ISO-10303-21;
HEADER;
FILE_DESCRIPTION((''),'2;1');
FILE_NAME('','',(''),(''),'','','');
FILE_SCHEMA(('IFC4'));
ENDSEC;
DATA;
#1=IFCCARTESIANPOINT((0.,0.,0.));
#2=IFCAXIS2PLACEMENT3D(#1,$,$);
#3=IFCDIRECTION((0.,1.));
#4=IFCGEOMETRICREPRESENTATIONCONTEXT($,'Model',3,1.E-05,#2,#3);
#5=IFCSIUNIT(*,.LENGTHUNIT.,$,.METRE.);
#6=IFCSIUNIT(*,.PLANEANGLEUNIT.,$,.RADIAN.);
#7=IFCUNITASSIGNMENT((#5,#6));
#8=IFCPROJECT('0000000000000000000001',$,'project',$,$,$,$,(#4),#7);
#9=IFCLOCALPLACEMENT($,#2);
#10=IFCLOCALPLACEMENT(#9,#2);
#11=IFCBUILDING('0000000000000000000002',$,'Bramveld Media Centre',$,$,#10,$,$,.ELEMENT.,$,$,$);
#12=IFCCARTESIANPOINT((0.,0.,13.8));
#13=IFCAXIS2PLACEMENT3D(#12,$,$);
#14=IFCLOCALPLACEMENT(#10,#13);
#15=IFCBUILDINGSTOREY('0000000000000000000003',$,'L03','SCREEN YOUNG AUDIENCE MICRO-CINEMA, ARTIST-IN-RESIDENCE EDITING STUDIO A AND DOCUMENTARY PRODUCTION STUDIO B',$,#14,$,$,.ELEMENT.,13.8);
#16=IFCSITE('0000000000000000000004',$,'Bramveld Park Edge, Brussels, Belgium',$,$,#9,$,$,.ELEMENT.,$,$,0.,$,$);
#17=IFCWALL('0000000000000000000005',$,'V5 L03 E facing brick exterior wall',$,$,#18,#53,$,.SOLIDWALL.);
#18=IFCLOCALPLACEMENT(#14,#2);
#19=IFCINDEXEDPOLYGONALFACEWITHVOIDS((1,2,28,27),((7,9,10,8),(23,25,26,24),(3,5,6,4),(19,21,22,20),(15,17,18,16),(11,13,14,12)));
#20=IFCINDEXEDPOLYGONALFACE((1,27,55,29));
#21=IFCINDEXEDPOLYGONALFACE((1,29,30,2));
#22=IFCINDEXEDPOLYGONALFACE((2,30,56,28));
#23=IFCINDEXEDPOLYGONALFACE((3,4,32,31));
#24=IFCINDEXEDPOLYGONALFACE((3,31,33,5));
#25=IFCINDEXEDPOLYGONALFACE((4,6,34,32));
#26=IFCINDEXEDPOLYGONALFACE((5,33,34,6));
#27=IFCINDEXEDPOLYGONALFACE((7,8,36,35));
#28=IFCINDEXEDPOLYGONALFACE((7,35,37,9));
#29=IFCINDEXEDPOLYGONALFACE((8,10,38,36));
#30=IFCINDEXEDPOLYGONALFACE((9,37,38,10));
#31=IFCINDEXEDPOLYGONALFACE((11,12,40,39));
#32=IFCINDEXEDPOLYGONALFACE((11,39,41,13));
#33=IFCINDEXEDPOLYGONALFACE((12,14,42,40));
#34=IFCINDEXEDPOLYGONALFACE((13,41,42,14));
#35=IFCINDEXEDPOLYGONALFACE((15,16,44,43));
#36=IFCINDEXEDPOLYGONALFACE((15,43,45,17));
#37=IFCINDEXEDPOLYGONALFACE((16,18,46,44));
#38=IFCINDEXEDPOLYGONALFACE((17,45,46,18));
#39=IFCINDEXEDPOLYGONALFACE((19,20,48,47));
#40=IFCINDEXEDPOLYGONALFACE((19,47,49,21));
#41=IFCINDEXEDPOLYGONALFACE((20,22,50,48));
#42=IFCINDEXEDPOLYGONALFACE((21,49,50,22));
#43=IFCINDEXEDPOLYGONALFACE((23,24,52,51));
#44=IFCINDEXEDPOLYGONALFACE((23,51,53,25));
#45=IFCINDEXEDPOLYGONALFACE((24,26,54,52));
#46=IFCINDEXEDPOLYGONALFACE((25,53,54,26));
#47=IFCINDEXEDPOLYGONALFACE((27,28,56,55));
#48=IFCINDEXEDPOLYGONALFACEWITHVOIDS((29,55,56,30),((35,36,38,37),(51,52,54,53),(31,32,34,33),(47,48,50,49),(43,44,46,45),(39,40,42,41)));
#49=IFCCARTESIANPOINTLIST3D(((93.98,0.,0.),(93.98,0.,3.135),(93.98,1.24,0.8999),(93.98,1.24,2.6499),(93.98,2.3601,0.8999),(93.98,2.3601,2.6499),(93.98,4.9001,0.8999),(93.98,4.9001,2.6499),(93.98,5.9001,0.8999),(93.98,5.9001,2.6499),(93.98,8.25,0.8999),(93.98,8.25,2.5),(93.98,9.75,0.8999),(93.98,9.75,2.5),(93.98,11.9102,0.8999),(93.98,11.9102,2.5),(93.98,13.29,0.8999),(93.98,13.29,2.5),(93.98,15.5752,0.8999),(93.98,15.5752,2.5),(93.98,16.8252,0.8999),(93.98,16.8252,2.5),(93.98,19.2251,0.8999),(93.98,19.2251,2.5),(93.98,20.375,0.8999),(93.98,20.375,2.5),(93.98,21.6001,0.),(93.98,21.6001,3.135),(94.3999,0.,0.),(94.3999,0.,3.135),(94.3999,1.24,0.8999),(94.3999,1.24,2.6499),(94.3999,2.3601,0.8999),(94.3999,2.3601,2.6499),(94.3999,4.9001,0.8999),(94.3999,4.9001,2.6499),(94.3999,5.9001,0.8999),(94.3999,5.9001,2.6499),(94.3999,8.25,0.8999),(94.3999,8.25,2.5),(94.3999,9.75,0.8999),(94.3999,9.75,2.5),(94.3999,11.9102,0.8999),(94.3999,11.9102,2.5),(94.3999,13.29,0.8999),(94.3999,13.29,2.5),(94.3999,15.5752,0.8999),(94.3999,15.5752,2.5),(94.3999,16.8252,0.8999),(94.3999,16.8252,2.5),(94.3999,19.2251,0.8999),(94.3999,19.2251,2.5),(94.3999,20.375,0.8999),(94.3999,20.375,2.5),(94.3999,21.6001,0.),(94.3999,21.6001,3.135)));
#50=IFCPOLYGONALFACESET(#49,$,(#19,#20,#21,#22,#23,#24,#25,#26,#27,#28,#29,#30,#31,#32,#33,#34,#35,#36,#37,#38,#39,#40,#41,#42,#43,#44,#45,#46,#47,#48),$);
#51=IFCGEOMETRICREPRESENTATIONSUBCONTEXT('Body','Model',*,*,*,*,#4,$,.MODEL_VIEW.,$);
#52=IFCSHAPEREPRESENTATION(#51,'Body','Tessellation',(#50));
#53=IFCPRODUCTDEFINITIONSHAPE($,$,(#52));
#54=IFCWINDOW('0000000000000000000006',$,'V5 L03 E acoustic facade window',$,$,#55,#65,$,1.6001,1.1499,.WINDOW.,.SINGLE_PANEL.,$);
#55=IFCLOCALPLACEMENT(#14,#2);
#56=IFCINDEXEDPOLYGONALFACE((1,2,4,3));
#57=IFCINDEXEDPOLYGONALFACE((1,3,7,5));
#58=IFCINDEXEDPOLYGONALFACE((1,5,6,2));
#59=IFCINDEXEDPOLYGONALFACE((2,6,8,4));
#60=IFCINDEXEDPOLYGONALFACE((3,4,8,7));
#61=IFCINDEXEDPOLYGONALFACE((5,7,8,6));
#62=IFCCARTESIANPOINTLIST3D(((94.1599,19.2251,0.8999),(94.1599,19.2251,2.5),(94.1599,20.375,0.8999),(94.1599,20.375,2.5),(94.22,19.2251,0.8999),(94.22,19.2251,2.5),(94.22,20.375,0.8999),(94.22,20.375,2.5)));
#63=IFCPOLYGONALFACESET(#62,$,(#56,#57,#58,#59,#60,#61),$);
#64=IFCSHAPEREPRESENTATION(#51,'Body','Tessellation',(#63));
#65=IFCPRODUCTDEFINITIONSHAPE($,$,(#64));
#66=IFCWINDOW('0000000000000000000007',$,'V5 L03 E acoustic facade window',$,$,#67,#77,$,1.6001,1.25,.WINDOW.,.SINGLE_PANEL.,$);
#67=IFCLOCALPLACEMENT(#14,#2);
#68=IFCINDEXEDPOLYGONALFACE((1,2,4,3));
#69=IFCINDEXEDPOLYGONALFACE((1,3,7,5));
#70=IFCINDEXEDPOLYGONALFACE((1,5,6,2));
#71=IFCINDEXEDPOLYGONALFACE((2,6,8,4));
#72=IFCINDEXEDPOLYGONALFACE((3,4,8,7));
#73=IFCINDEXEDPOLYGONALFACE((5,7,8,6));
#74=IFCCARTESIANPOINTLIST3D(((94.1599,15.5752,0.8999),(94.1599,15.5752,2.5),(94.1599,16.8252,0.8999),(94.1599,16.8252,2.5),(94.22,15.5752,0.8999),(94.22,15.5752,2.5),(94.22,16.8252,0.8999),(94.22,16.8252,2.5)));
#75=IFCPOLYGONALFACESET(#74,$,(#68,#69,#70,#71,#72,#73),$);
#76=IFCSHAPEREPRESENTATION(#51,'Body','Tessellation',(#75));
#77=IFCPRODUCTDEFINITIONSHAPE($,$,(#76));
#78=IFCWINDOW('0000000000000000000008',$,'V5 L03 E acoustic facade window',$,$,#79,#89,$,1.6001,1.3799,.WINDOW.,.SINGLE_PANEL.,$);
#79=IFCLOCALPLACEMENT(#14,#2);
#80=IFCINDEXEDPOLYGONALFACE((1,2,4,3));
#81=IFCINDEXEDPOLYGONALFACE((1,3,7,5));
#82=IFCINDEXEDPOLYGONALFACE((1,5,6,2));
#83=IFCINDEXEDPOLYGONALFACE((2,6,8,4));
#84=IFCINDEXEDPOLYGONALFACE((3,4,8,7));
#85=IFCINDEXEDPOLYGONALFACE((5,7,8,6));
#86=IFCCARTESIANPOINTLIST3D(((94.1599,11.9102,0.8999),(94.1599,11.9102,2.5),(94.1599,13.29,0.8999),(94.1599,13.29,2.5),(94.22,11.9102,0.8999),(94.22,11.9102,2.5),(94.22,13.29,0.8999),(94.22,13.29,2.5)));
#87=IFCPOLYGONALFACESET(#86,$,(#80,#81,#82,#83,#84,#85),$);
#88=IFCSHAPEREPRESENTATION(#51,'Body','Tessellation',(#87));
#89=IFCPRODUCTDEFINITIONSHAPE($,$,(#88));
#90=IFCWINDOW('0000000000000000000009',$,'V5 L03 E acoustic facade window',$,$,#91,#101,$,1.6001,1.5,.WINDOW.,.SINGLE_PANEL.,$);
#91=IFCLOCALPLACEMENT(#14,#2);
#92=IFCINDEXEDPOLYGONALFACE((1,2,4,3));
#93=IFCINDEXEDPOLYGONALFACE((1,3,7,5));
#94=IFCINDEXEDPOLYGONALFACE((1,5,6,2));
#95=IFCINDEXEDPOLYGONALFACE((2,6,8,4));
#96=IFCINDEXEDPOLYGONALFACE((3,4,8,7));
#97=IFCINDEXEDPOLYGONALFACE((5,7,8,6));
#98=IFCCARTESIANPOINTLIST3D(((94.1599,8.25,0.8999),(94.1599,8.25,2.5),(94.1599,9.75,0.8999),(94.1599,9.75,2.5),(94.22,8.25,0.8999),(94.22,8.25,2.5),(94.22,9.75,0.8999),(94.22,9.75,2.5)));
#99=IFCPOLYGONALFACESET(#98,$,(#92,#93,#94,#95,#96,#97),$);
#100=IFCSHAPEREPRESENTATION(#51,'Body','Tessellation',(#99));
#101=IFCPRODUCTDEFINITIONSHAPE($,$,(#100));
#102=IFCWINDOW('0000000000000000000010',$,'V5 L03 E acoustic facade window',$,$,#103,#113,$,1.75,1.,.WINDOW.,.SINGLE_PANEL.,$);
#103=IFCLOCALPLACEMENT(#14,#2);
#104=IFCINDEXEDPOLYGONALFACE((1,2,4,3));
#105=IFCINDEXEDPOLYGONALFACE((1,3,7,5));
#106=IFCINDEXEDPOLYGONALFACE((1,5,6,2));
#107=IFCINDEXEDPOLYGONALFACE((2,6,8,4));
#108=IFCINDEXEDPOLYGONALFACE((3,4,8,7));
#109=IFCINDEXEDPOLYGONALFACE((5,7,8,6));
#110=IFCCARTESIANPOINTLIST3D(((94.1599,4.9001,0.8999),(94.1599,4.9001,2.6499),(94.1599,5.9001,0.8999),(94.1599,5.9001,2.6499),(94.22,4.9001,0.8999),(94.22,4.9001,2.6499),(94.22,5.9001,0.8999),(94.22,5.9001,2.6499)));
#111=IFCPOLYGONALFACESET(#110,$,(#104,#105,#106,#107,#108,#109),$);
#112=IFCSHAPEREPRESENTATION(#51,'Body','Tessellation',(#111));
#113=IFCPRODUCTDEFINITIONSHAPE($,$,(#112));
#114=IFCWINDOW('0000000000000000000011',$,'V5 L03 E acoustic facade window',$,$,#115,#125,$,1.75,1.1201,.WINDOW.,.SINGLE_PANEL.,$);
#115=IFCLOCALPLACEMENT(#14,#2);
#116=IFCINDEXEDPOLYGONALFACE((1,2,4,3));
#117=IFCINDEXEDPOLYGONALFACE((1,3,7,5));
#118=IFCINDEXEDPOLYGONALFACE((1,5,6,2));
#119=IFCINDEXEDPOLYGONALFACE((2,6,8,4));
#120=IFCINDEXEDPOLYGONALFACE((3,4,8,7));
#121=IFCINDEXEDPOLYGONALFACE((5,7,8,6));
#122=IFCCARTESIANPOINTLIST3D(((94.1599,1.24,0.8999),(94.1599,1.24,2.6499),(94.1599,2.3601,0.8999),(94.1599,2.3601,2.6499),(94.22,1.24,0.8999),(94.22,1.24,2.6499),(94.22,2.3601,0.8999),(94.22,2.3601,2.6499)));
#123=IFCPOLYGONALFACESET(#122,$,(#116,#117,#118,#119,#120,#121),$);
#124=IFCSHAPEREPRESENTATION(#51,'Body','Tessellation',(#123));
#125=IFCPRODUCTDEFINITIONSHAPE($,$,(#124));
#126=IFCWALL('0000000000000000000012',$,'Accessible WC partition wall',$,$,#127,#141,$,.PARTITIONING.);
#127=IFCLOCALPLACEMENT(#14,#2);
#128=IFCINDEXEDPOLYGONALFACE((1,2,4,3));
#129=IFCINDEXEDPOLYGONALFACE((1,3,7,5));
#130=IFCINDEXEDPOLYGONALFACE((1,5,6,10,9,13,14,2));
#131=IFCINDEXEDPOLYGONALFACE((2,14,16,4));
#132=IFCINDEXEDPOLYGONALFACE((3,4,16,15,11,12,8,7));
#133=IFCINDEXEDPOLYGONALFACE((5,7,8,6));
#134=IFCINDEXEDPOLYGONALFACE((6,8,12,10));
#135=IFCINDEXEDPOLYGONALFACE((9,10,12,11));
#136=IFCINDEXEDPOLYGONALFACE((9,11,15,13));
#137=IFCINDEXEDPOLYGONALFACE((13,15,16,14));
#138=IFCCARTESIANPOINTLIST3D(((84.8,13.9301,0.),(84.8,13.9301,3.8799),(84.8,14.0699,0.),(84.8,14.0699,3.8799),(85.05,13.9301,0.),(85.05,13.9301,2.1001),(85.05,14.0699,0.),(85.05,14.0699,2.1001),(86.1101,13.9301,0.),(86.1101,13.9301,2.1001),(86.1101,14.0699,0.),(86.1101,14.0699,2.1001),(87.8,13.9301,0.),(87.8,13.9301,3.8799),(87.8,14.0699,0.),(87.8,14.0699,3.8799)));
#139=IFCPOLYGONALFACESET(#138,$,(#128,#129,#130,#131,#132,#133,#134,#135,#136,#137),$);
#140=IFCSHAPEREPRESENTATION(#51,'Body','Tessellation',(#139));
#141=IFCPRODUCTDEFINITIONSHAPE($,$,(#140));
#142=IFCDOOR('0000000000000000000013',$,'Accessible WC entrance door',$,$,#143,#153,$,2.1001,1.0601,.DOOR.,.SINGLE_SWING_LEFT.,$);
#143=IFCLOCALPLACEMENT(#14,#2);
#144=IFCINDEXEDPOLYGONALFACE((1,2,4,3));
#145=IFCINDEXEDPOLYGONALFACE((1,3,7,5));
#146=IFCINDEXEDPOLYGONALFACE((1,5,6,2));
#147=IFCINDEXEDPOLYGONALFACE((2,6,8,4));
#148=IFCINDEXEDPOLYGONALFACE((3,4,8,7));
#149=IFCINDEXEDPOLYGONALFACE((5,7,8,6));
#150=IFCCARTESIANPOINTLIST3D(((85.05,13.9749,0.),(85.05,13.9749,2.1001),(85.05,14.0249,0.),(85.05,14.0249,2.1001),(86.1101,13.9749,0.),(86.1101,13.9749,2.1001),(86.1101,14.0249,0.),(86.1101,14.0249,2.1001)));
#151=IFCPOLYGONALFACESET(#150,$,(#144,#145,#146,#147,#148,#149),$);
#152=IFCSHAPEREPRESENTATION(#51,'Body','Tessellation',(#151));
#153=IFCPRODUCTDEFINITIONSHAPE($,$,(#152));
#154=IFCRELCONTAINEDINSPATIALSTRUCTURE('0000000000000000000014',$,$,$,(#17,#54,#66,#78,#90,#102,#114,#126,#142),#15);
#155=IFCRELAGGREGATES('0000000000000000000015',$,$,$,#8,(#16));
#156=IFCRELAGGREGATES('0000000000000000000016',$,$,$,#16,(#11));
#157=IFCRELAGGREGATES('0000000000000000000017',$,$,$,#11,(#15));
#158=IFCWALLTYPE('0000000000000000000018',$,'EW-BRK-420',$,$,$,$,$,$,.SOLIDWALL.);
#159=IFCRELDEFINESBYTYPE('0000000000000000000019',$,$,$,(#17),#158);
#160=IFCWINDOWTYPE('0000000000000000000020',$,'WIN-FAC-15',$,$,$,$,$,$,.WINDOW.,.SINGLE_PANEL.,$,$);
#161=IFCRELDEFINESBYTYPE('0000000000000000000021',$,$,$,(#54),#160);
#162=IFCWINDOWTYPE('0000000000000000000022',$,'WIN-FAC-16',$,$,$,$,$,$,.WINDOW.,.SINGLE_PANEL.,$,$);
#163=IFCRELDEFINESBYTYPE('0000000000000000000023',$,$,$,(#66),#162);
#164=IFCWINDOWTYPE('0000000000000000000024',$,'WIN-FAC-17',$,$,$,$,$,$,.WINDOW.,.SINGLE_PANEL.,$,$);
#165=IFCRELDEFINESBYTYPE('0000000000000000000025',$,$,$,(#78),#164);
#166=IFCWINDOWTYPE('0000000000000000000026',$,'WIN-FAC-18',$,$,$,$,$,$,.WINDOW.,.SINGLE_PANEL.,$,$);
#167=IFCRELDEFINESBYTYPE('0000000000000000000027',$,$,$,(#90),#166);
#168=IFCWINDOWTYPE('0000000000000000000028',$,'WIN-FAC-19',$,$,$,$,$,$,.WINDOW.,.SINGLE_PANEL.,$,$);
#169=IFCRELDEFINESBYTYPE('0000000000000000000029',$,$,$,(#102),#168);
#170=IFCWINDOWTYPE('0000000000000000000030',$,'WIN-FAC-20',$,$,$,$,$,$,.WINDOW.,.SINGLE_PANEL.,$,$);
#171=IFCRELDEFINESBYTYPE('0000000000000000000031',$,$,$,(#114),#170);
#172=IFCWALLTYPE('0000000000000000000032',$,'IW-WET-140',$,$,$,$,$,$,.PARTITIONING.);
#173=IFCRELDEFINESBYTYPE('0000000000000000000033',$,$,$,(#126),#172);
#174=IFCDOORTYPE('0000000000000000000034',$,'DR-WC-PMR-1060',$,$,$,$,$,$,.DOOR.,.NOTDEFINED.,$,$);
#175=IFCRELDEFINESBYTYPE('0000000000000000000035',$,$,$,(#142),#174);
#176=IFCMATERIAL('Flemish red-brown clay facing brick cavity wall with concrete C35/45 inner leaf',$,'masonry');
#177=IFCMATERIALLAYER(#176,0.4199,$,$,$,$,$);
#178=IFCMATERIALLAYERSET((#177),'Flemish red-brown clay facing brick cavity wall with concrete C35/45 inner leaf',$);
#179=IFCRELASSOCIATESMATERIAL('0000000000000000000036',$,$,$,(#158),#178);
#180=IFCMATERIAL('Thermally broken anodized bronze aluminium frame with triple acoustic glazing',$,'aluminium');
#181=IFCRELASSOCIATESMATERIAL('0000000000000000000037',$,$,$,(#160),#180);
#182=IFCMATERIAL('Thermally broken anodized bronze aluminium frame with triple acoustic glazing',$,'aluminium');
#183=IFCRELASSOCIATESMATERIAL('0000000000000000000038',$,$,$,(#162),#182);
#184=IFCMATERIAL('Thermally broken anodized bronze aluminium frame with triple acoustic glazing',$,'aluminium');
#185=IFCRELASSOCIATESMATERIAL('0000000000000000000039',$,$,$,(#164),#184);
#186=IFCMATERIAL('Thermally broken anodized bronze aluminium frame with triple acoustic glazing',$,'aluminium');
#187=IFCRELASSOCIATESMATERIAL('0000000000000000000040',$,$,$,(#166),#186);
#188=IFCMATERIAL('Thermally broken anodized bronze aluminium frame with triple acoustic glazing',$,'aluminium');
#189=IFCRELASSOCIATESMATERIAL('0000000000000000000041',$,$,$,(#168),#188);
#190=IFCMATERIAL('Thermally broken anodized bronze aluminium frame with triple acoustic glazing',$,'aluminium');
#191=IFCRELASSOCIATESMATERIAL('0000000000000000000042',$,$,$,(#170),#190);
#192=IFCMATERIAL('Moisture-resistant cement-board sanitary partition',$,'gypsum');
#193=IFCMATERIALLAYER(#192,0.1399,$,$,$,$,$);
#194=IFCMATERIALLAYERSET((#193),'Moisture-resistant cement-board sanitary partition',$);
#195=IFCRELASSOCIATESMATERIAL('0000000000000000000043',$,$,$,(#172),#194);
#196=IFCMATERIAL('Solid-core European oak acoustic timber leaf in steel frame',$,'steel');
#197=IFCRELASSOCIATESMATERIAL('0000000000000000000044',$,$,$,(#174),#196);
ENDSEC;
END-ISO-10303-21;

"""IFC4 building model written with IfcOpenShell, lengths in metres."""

from ifc_helpers import new_model, si_unit, direction, frame, frame_2d, origin, place, context, subcontext, project, spatial, rectangle, extrude, material, layer, layer_set, type_object, element, fill, save


model = new_model("IFC4")

# Units and contexts
model_context = context("Model", 3, precision=1e-05, world=origin(), true_north=direction((0.0, 1.0)))
body_context = subcontext(model_context, "Body", "Model", "MODEL_VIEW")
ifc_project = project(units=[si_unit("LENGTHUNIT", "METRE"), si_unit("PLANEANGLEUNIT", "RADIAN")], contexts=[model_context])

# Site, building, storey
site_placement = place(None, origin())
site = spatial("IfcSite", under=ifc_project, at=site_placement, Name="Bramveld Park Edge, Brussels, Belgium", CompositionType="ELEMENT", RefElevation=0.0)
building_placement = place(site_placement, origin())
building = spatial("IfcBuilding", under=site, at=building_placement, Name="Bramveld Media Centre", CompositionType="ELEMENT")
storey_placement = place(building_placement, frame((0.0, 0.0, 13.8)))
storey = spatial("IfcBuildingStorey", under=building, at=storey_placement, Name="L03", Description="SCREEN YOUNG AUDIENCE MICRO-CINEMA, ARTIST-IN-RESIDENCE EDITING STUDIO A AND DOCUMENTARY PRODUCTION STUDIO B", CompositionType="ELEMENT", Elevation=13.8)

# Wall, openings, windows
ifc_material_1 = material(Name="Flemish red-brown clay facing brick cavity wall with concrete C35/45 inner leaf", Category="masonry")
ifc_layer_1 = layer(ifc_material_1, 0.4199)
ifc_layer_set_1 = layer_set([ifc_layer_1], Name="Flemish red-brown clay facing brick cavity wall with concrete C35/45 inner leaf")
wall_type_1 = type_object("IfcWallType", Name="EW-BRK-420", PredefinedType="SOLIDWALL", material=ifc_layer_set_1)
wall_1_placement = place(storey_placement, frame((94.1899, 21.6001, 0.0), z_axis=(0.0, 0.0, 1.0), x_axis=(0.0, -1.0, 0.0)))
wall_1 = element("IfcWall", 1, at=wall_1_placement, inside=storey, type_object=wall_type_1, Name="V5 L03 E facing brick exterior wall", PredefinedType="SOLIDWALL", context=body_context, shape_type="SweptSolid", body=[
    extrude(rectangle(XDim=21.6001, YDim=0.4199, at=frame_2d((10.8, 0.0))), origin(), (0.0, 0.0, 1.0), 3.135),
])
opening_1_placement = place(wall_1_placement, frame((1.2251, 0.0, 0.8999)))
opening_1 = element("IfcOpeningElement", 2, at=opening_1_placement, cuts=wall_1, PredefinedType="OPENING", context=body_context, shape_type="SweptSolid", body=[
    extrude(rectangle(XDim=1.1499, YDim=1.6001, at=frame_2d((0.575, 0.8))), frame((0.0, 0.2219, 0.0), z_axis=(0.0, -1.0, 0.0), x_axis=(1.0, 0.0, 0.0)), (0.0, 0.0, 1.0), 0.4438),
])
opening_2_placement = place(wall_1_placement, frame((4.7749, 0.0, 0.8999)))
opening_2 = element("IfcOpeningElement", 3, at=opening_2_placement, cuts=wall_1, PredefinedType="OPENING", context=body_context, shape_type="SweptSolid", body=[
    extrude(rectangle(XDim=1.25, YDim=1.6001, at=frame_2d((0.625, 0.8))), frame((0.0, 0.2219, 0.0), z_axis=(0.0, -1.0, 0.0), x_axis=(1.0, 0.0, 0.0)), (0.0, 0.0, 1.0), 0.4438),
])
opening_3_placement = place(wall_1_placement, frame((8.3101, 0.0, 0.8999)))
opening_3 = element("IfcOpeningElement", 4, at=opening_3_placement, cuts=wall_1, PredefinedType="OPENING", context=body_context, shape_type="SweptSolid", body=[
    extrude(rectangle(XDim=1.3799, YDim=1.6001, at=frame_2d((0.6899, 0.8))), frame((0.0, 0.2219, 0.0), z_axis=(0.0, -1.0, 0.0), x_axis=(1.0, 0.0, 0.0)), (0.0, 0.0, 1.0), 0.4438),
])
opening_4_placement = place(wall_1_placement, frame((11.8501, 0.0, 0.8999)))
opening_4 = element("IfcOpeningElement", 5, at=opening_4_placement, cuts=wall_1, PredefinedType="OPENING", context=body_context, shape_type="SweptSolid", body=[
    extrude(rectangle(XDim=1.5, YDim=1.6001, at=frame_2d((0.75, 0.8))), frame((0.0, 0.2219, 0.0), z_axis=(0.0, -1.0, 0.0), x_axis=(1.0, 0.0, 0.0)), (0.0, 0.0, 1.0), 0.4438),
])
opening_5_placement = place(wall_1_placement, frame((15.7, 0.0, 0.8999)))
opening_5 = element("IfcOpeningElement", 6, at=opening_5_placement, cuts=wall_1, PredefinedType="OPENING", context=body_context, shape_type="SweptSolid", body=[
    extrude(rectangle(XDim=1.0, YDim=1.75, at=frame_2d((0.5, 0.875))), frame((0.0, 0.2219, 0.0), z_axis=(0.0, -1.0, 0.0), x_axis=(1.0, 0.0, 0.0)), (0.0, 0.0, 1.0), 0.4438),
])
opening_6_placement = place(wall_1_placement, frame((19.24, 0.0, 0.8999)))
opening_6 = element("IfcOpeningElement", 7, at=opening_6_placement, cuts=wall_1, PredefinedType="OPENING", context=body_context, shape_type="SweptSolid", body=[
    extrude(rectangle(XDim=1.1201, YDim=1.75, at=frame_2d((0.5601, 0.875))), frame((0.0, 0.2219, 0.0), z_axis=(0.0, -1.0, 0.0), x_axis=(1.0, 0.0, 0.0)), (0.0, 0.0, 1.0), 0.4438),
])
ifc_material_2 = material(Name="Thermally broken anodized bronze aluminium frame with triple acoustic glazing", Category="aluminium")
window_type_1 = type_object("IfcWindowType", Name="WIN-FAC-15", PartitioningType="SINGLE_PANEL", PredefinedType="WINDOW", material=ifc_material_2)
window_1_placement = place(opening_1_placement, origin())
window_1 = element("IfcWindow", 8, at=window_1_placement, inside=storey, type_object=window_type_1, Name="V5 L03 E acoustic facade window", OverallHeight=1.6001, OverallWidth=1.1499, PartitioningType="SINGLE_PANEL", PredefinedType="WINDOW", context=body_context, shape_type="SweptSolid", body=[
    extrude(rectangle(XDim=1.1499, YDim=1.6001, at=frame_2d((0.575, 0.8))), frame((0.0, 0.03, 0.0), z_axis=(0.0, -1.0, 0.0), x_axis=(1.0, 0.0, 0.0)), (0.0, 0.0, 1.0), 0.0601),
])
fill(opening_1, window_1)
ifc_material_3 = material(Name="Thermally broken anodized bronze aluminium frame with triple acoustic glazing", Category="aluminium")
window_type_2 = type_object("IfcWindowType", Name="WIN-FAC-16", PartitioningType="SINGLE_PANEL", PredefinedType="WINDOW", material=ifc_material_3)
window_2_placement = place(opening_2_placement, origin())
window_2 = element("IfcWindow", 9, at=window_2_placement, inside=storey, type_object=window_type_2, Name="V5 L03 E acoustic facade window", OverallHeight=1.6001, OverallWidth=1.25, PartitioningType="SINGLE_PANEL", PredefinedType="WINDOW", context=body_context, shape_type="SweptSolid", body=[
    extrude(rectangle(XDim=1.25, YDim=1.6001, at=frame_2d((0.625, 0.8))), frame((0.0, 0.03, 0.0), z_axis=(0.0, -1.0, 0.0), x_axis=(1.0, 0.0, 0.0)), (0.0, 0.0, 1.0), 0.0601),
])
fill(opening_2, window_2)
ifc_material_4 = material(Name="Thermally broken anodized bronze aluminium frame with triple acoustic glazing", Category="aluminium")
window_type_3 = type_object("IfcWindowType", Name="WIN-FAC-17", PartitioningType="SINGLE_PANEL", PredefinedType="WINDOW", material=ifc_material_4)
window_3_placement = place(opening_3_placement, origin())
window_3 = element("IfcWindow", 10, at=window_3_placement, inside=storey, type_object=window_type_3, Name="V5 L03 E acoustic facade window", OverallHeight=1.6001, OverallWidth=1.3799, PartitioningType="SINGLE_PANEL", PredefinedType="WINDOW", context=body_context, shape_type="SweptSolid", body=[
    extrude(rectangle(XDim=1.3799, YDim=1.6001, at=frame_2d((0.6899, 0.8))), frame((0.0, 0.03, 0.0), z_axis=(0.0, -1.0, 0.0), x_axis=(1.0, 0.0, 0.0)), (0.0, 0.0, 1.0), 0.0601),
])
fill(opening_3, window_3)
ifc_material_5 = material(Name="Thermally broken anodized bronze aluminium frame with triple acoustic glazing", Category="aluminium")
window_type_4 = type_object("IfcWindowType", Name="WIN-FAC-18", PartitioningType="SINGLE_PANEL", PredefinedType="WINDOW", material=ifc_material_5)
window_4_placement = place(opening_4_placement, origin())
window_4 = element("IfcWindow", 11, at=window_4_placement, inside=storey, type_object=window_type_4, Name="V5 L03 E acoustic facade window", OverallHeight=1.6001, OverallWidth=1.5, PartitioningType="SINGLE_PANEL", PredefinedType="WINDOW", context=body_context, shape_type="SweptSolid", body=[
    extrude(rectangle(XDim=1.5, YDim=1.6001, at=frame_2d((0.75, 0.8))), frame((0.0, 0.03, 0.0), z_axis=(0.0, -1.0, 0.0), x_axis=(1.0, 0.0, 0.0)), (0.0, 0.0, 1.0), 0.0601),
])
fill(opening_4, window_4)
ifc_material_6 = material(Name="Thermally broken anodized bronze aluminium frame with triple acoustic glazing", Category="aluminium")
window_type_5 = type_object("IfcWindowType", Name="WIN-FAC-19", PartitioningType="SINGLE_PANEL", PredefinedType="WINDOW", material=ifc_material_6)
window_5_placement = place(opening_5_placement, origin())
window_5 = element("IfcWindow", 12, at=window_5_placement, inside=storey, type_object=window_type_5, Name="V5 L03 E acoustic facade window", OverallHeight=1.75, OverallWidth=1.0, PartitioningType="SINGLE_PANEL", PredefinedType="WINDOW", context=body_context, shape_type="SweptSolid", body=[
    extrude(rectangle(XDim=1.0, YDim=1.75, at=frame_2d((0.5, 0.875))), frame((0.0, 0.03, 0.0), z_axis=(0.0, -1.0, 0.0), x_axis=(1.0, 0.0, 0.0)), (0.0, 0.0, 1.0), 0.0601),
])
fill(opening_5, window_5)
ifc_material_7 = material(Name="Thermally broken anodized bronze aluminium frame with triple acoustic glazing", Category="aluminium")
window_type_6 = type_object("IfcWindowType", Name="WIN-FAC-20", PartitioningType="SINGLE_PANEL", PredefinedType="WINDOW", material=ifc_material_7)
window_6_placement = place(opening_6_placement, origin())
window_6 = element("IfcWindow", 13, at=window_6_placement, inside=storey, type_object=window_type_6, Name="V5 L03 E acoustic facade window", OverallHeight=1.75, OverallWidth=1.1201, PartitioningType="SINGLE_PANEL", PredefinedType="WINDOW", context=body_context, shape_type="SweptSolid", body=[
    extrude(rectangle(XDim=1.1201, YDim=1.75, at=frame_2d((0.5601, 0.875))), frame((0.0, 0.03, 0.0), z_axis=(0.0, -1.0, 0.0), x_axis=(1.0, 0.0, 0.0)), (0.0, 0.0, 1.0), 0.0601),
])
fill(opening_6, window_6)

# Wall, opening, door
ifc_material_8 = material(Name="Moisture-resistant cement-board sanitary partition", Category="gypsum")
ifc_layer_2 = layer(ifc_material_8, 0.1399)
ifc_layer_set_2 = layer_set([ifc_layer_2], Name="Moisture-resistant cement-board sanitary partition")
wall_type_2 = type_object("IfcWallType", Name="IW-WET-140", PredefinedType="PARTITIONING", material=ifc_layer_set_2)
wall_2_placement = place(storey_placement, frame((84.8, 14.0, 0.0), z_axis=(0.0, 0.0, 1.0), x_axis=(1.0, 0.0, 0.0)))
wall_2 = element("IfcWall", 14, at=wall_2_placement, inside=storey, type_object=wall_type_2, Name="Accessible WC partition wall", PredefinedType="PARTITIONING", context=body_context, shape_type="SweptSolid", body=[
    extrude(rectangle(XDim=3.0, YDim=0.1399, at=frame_2d((1.5, 0.0))), origin(), (0.0, 0.0, 1.0), 3.8799),
])
opening_7_placement = place(wall_2_placement, frame((0.25, 0.0, 0.0)))
opening_7 = element("IfcOpeningElement", 15, at=opening_7_placement, cuts=wall_2, PredefinedType="OPENING", context=body_context, shape_type="SweptSolid", body=[
    extrude(rectangle(XDim=1.0601, YDim=2.1001, at=frame_2d((0.53, 1.05))), frame((0.0, 0.082, 0.0), z_axis=(0.0, -1.0, 0.0), x_axis=(1.0, 0.0, 0.0)), (0.0, 0.0, 1.0), 0.1638),
])
ifc_material_9 = material(Name="Solid-core European oak acoustic timber leaf in steel frame", Category="steel")
door_type_1 = type_object("IfcDoorType", Name="DR-WC-PMR-1060", OperationType="NOTDEFINED", PredefinedType="DOOR", material=ifc_material_9)
door_1_placement = place(opening_7_placement, origin())
door_1 = element("IfcDoor", 16, at=door_1_placement, inside=storey, type_object=door_type_1, Name="Accessible WC entrance door", OperationType="SINGLE_SWING_LEFT", OverallHeight=2.1001, OverallWidth=1.0601, PredefinedType="DOOR", context=body_context, shape_type="SweptSolid", body=[
    extrude(rectangle(XDim=1.0601, YDim=2.1001, at=frame_2d((0.53, 1.05))), frame((0.0, 0.0249, 0.0), z_axis=(0.0, -1.0, 0.0), x_axis=(1.0, 0.0, 0.0)), (0.0, 0.0, 1.0), 0.05),
])
fill(opening_7, door_1)

save(model, "model.ifc")
